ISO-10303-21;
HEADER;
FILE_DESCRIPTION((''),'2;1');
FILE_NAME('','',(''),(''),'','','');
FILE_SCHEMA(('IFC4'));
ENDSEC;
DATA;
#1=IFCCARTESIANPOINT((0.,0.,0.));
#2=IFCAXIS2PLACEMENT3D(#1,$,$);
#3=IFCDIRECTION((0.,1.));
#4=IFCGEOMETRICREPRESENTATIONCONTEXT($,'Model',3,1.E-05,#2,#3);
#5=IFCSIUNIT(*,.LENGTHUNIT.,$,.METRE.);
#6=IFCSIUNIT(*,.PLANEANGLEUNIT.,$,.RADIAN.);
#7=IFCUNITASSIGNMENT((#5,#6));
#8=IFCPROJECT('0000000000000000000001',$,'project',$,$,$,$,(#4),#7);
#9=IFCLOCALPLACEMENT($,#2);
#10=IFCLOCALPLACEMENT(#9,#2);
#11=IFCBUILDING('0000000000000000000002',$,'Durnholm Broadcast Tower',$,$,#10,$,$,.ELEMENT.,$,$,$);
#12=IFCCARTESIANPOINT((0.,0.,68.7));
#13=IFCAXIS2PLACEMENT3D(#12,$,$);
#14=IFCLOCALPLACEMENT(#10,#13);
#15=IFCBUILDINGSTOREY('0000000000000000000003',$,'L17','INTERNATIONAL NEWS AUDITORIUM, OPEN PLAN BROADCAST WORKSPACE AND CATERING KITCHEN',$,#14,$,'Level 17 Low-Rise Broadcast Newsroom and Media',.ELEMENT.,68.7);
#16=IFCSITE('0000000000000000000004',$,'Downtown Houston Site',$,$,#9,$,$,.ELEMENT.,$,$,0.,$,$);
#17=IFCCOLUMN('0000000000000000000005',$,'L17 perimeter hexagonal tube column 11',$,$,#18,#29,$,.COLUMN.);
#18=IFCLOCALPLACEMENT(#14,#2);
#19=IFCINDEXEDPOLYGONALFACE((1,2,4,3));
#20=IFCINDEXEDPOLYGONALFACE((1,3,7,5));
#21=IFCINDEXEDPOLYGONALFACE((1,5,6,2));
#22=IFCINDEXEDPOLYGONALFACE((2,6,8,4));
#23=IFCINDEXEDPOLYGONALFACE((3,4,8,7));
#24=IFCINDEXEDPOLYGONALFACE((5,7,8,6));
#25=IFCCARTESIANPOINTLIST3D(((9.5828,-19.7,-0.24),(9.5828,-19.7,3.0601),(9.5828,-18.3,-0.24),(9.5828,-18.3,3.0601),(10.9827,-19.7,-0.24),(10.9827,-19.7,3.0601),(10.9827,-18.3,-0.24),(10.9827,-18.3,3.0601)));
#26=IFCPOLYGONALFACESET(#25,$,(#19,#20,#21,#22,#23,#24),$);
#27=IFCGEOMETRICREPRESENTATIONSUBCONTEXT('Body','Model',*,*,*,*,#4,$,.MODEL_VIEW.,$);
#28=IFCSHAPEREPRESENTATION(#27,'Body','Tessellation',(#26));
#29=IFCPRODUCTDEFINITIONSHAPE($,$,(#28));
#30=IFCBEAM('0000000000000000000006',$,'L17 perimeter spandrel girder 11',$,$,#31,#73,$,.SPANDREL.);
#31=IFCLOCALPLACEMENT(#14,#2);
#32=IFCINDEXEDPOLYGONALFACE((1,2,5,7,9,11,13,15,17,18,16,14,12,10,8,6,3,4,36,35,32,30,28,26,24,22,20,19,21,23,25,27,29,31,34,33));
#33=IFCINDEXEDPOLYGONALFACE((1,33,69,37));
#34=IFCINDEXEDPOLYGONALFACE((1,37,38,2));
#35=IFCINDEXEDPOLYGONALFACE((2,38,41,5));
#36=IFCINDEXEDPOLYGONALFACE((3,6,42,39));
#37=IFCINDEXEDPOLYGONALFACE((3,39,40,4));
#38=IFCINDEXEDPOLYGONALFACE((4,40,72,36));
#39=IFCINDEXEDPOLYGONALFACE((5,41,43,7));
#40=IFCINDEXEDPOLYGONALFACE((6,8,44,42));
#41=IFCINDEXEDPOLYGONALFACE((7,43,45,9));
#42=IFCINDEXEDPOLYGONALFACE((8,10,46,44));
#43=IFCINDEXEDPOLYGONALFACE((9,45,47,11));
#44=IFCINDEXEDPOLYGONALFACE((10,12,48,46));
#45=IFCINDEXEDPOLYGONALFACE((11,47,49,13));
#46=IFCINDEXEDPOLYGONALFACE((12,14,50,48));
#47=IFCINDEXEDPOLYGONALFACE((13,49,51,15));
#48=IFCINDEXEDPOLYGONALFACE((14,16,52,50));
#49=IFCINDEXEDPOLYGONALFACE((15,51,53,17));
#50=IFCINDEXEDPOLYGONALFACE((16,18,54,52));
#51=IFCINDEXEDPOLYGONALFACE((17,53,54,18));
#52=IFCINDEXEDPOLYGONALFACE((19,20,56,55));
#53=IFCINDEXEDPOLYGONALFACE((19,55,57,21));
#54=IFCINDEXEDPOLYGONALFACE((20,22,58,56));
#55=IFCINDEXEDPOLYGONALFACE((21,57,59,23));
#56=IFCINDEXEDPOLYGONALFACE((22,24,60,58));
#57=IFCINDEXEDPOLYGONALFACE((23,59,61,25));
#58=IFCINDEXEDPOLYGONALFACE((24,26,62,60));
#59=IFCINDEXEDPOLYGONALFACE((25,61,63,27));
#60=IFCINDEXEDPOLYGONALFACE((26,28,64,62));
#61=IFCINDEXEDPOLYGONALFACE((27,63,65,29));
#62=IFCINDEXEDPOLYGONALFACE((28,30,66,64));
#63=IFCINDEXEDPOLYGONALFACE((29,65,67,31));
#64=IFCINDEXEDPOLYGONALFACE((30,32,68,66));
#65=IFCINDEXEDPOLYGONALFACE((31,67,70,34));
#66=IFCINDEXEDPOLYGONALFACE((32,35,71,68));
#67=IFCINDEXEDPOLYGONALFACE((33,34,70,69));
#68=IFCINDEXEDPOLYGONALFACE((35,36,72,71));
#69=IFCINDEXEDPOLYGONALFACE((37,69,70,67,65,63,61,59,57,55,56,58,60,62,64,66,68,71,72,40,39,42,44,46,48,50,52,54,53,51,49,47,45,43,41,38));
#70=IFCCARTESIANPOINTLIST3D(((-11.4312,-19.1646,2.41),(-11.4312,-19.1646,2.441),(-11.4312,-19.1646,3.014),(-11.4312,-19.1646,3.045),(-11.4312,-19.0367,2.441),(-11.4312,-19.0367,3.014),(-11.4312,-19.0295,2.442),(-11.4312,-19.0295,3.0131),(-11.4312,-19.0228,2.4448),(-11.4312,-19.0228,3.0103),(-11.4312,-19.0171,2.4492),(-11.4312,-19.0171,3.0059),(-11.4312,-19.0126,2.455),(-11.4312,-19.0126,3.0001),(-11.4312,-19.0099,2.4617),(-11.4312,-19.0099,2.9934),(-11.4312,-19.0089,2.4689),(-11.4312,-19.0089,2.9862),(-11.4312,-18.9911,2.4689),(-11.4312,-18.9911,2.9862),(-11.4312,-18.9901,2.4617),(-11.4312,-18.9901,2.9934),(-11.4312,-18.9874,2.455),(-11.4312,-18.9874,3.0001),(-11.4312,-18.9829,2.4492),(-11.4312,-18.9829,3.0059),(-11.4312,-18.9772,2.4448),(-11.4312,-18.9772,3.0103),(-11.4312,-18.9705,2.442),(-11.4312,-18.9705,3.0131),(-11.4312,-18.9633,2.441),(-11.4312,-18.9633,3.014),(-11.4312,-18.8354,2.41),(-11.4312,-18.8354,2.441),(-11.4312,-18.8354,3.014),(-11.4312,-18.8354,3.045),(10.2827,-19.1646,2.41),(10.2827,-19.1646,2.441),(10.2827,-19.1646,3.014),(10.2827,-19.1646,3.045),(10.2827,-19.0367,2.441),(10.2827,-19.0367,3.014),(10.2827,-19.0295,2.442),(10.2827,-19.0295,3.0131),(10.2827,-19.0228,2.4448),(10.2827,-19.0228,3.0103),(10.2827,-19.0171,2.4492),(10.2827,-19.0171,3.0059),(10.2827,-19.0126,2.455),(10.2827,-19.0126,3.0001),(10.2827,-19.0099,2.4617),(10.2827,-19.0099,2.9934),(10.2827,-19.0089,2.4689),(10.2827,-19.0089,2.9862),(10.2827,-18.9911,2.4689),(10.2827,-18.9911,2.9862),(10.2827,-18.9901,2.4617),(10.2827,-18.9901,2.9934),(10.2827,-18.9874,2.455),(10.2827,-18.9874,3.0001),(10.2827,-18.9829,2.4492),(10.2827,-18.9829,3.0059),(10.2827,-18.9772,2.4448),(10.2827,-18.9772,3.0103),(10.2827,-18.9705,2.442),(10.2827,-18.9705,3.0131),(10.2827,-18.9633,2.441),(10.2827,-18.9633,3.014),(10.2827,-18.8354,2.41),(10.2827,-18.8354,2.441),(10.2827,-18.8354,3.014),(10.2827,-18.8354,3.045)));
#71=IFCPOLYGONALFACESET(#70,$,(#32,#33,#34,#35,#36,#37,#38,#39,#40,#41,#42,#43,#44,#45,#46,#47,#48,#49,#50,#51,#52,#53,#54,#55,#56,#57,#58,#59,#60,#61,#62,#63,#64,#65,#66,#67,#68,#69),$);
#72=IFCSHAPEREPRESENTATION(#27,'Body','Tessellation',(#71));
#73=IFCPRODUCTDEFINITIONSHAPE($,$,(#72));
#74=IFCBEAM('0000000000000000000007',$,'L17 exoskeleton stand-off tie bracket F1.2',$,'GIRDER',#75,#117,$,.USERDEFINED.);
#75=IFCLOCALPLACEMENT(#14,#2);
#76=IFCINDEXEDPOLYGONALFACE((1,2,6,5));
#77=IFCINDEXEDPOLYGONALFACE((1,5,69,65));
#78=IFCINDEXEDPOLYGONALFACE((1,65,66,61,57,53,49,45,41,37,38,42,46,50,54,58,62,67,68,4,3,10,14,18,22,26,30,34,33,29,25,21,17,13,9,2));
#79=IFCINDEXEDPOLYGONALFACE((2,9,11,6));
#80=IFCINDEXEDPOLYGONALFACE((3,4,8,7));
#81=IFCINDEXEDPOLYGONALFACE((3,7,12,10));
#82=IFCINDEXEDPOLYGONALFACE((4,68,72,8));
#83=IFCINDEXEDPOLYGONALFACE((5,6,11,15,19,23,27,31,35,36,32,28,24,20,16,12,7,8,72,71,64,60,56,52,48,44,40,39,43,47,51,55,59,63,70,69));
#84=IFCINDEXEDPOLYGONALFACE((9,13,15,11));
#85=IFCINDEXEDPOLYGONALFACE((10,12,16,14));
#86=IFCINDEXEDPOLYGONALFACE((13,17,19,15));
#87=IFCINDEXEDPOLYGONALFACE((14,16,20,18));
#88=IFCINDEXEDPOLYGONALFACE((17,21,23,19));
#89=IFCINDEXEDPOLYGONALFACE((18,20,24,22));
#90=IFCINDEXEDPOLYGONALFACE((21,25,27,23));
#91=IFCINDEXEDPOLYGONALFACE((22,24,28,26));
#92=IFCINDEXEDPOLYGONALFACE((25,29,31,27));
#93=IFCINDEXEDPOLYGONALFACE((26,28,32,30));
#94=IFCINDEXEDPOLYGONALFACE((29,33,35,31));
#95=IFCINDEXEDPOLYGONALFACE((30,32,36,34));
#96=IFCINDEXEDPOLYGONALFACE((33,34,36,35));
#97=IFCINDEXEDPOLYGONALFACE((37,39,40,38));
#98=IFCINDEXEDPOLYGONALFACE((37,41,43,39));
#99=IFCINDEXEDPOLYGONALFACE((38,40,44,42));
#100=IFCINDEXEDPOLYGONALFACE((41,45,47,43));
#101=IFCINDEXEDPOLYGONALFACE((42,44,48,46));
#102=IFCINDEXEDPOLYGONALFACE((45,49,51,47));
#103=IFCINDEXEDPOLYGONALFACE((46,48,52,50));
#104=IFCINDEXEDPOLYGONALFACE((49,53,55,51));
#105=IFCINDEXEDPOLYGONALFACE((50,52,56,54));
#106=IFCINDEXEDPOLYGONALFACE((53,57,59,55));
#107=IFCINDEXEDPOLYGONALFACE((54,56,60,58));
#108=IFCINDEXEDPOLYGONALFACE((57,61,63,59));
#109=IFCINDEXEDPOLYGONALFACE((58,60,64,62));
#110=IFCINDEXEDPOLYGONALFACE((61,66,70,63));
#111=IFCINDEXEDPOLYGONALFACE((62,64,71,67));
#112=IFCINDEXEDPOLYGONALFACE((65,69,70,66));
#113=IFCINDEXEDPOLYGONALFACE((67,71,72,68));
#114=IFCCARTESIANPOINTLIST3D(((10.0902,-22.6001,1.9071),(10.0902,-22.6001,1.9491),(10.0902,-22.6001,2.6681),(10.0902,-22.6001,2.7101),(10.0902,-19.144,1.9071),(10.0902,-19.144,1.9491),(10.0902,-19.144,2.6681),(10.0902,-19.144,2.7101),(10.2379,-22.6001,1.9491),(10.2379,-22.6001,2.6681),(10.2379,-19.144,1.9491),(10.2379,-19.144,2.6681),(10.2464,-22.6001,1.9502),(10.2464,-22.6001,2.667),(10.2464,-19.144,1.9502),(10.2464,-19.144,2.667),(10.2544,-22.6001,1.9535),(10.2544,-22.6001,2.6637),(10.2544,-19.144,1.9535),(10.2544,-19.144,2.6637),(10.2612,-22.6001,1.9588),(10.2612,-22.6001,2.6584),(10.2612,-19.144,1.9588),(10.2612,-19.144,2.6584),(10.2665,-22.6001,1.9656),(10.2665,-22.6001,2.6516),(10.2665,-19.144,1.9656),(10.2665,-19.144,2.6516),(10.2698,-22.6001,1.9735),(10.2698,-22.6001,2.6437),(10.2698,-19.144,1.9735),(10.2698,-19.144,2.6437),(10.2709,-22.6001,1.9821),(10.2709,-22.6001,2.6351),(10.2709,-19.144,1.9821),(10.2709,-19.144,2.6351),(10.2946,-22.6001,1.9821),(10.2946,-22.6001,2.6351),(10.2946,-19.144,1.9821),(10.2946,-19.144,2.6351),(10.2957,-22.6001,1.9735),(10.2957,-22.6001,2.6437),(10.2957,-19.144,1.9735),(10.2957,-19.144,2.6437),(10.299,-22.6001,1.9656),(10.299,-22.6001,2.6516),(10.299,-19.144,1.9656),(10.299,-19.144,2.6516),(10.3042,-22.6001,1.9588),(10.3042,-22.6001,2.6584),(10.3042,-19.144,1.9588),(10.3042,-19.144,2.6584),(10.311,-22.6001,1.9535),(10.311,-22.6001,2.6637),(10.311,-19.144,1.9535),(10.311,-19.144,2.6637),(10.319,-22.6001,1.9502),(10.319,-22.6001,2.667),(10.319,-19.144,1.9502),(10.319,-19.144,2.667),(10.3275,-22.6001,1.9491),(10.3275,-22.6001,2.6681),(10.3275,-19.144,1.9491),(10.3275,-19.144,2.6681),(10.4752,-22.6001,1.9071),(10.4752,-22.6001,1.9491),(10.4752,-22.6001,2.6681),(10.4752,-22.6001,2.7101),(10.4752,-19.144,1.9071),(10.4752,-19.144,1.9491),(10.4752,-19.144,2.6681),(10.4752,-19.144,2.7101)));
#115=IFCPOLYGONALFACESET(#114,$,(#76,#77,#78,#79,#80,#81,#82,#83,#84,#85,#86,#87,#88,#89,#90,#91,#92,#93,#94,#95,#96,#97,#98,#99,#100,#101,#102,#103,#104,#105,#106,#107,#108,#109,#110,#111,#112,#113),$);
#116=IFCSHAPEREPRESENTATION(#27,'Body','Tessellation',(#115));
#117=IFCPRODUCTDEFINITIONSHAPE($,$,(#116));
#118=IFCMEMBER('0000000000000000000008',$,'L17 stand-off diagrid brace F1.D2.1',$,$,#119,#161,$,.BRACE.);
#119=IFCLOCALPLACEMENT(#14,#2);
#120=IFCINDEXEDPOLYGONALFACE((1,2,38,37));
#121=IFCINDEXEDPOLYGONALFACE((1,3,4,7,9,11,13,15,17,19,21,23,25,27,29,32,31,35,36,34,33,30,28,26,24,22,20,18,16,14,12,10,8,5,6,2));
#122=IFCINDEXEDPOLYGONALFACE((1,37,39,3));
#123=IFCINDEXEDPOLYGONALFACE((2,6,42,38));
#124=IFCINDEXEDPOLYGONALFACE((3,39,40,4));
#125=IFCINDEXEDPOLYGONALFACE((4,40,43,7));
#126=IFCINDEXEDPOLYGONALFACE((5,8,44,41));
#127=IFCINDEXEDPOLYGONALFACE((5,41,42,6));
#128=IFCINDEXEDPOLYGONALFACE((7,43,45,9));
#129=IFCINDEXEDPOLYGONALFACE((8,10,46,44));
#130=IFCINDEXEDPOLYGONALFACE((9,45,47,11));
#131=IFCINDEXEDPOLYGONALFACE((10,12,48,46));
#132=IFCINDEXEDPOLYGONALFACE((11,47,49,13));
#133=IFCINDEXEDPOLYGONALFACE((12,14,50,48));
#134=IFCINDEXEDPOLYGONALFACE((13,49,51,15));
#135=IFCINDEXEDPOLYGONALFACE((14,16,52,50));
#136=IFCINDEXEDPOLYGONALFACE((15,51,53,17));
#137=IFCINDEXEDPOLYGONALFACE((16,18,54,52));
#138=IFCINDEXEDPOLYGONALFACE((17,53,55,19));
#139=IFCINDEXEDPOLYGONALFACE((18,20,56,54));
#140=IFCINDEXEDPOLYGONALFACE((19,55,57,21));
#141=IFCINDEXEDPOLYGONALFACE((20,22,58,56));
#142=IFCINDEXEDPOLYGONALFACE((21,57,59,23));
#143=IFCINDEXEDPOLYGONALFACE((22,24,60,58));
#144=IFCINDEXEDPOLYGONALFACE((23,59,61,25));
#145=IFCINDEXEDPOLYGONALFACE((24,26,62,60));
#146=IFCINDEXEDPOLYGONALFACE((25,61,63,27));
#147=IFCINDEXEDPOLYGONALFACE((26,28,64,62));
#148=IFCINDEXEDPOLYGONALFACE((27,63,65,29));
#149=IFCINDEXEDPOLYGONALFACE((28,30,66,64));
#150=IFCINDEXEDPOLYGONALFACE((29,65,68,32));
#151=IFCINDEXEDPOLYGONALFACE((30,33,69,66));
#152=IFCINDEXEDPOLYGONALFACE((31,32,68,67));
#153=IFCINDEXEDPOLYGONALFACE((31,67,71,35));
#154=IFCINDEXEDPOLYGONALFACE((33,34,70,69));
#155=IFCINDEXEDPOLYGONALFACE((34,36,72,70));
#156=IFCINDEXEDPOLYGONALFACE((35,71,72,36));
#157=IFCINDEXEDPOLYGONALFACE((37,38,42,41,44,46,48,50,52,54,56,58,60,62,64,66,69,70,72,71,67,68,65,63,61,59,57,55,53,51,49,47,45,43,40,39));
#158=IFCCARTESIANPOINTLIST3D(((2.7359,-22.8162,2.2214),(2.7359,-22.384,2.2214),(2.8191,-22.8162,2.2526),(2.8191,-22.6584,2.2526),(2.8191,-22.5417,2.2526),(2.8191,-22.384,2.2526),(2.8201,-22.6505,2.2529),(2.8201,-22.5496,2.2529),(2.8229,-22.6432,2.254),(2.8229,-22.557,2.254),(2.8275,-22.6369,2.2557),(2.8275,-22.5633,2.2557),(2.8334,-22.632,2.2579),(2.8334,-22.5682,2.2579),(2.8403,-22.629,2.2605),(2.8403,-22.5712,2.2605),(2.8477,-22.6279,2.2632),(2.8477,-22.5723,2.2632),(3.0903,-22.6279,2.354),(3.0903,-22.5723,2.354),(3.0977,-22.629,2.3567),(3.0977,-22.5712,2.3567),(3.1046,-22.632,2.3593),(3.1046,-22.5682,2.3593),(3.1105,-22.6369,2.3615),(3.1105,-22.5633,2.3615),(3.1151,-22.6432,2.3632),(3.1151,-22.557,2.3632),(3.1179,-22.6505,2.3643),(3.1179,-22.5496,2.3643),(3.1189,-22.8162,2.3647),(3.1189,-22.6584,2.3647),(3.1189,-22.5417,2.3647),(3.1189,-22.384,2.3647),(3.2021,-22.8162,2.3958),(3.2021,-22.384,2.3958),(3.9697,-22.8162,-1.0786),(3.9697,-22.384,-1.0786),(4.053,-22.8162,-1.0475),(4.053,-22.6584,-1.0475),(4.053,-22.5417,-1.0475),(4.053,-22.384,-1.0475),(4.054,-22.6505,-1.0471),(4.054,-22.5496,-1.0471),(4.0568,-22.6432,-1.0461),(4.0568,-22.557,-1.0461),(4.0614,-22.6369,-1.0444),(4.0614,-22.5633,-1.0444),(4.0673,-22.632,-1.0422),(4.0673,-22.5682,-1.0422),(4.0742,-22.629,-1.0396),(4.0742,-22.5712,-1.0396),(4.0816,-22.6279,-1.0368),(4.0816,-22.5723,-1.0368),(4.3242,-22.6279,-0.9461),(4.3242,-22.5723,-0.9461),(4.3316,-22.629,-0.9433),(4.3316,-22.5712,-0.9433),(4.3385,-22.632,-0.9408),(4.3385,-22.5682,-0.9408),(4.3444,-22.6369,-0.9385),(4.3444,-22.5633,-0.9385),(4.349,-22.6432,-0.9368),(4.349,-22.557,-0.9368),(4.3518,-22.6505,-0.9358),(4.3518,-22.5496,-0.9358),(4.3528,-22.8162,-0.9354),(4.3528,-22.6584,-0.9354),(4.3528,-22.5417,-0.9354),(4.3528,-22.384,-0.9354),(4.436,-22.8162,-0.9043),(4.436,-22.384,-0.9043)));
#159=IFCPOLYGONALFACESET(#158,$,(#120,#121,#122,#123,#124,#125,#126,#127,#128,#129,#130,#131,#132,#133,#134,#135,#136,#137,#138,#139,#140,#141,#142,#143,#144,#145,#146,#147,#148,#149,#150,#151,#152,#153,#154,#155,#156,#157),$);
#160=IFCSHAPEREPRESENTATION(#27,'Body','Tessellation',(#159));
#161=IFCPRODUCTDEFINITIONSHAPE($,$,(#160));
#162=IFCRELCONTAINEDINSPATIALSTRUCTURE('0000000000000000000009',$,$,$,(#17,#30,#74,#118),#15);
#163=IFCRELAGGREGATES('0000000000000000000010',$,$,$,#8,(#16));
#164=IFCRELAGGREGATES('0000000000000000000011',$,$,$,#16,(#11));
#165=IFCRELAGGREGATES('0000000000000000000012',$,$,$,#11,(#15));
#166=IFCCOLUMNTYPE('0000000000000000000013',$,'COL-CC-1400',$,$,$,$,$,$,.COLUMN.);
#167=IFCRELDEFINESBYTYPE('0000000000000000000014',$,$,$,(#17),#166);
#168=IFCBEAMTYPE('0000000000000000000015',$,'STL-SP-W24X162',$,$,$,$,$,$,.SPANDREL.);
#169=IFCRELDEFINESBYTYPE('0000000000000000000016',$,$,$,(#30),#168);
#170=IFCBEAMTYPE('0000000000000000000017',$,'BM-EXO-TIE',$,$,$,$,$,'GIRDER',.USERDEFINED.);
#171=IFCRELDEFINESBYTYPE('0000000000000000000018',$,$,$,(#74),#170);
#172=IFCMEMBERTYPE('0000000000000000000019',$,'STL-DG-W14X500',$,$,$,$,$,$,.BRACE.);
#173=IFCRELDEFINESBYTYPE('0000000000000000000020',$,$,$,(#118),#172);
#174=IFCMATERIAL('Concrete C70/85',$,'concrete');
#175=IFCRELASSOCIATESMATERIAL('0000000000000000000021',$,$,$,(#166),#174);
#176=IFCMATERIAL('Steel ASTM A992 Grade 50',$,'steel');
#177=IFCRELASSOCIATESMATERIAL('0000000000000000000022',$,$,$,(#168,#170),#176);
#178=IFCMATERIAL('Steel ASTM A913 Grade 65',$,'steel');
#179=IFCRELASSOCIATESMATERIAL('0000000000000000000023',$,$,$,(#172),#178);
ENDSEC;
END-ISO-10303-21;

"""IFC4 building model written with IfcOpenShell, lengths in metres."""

from ifc_helpers import new_model, si_unit, direction, frame, origin, origin_2d, place, context, subcontext, project, spatial, rectangle, i_section, extrude, source, transform, mapped, material, material_profile, profile_set, type_object, type_shapes, element, save


model = new_model("IFC4")

# Units and contexts
model_context = context("Model", 3, precision=1e-05, world=origin(), true_north=direction((0.0, 1.0)))
body_context = subcontext(model_context, "Body", "Model", "MODEL_VIEW")
ifc_project = project(units=[si_unit("LENGTHUNIT", "METRE"), si_unit("PLANEANGLEUNIT", "RADIAN")], contexts=[model_context])

# Site, building, storey
site_placement = place(None, origin())
site = spatial("IfcSite", under=ifc_project, at=site_placement, Name="Downtown Houston Site", CompositionType="ELEMENT", RefElevation=0.0)
building_placement = place(site_placement, origin())
building = spatial("IfcBuilding", under=site, at=building_placement, Name="Durnholm Broadcast Tower", CompositionType="ELEMENT")
storey_placement = place(building_placement, frame((0.0, 0.0, 68.7)))
storey = spatial("IfcBuildingStorey", under=building, at=storey_placement, Name="L17", Description="INTERNATIONAL NEWS AUDITORIUM, OPEN PLAN BROADCAST WORKSPACE AND CATERING KITCHEN", LongName="Level 17 Low-Rise Broadcast Newsroom and Media", CompositionType="ELEMENT", Elevation=68.7)

# Column
ifc_material_1 = material(Name="Concrete C70/85", Category="concrete")
ifc_material_profile_1 = material_profile(ifc_material_1, rectangle(XDim=1.3999, YDim=1.3999, at=origin_2d()), Name="RC1400X1400")
ifc_profile_set_1 = profile_set([ifc_material_profile_1], Name="Concrete C70/85")
column_type = type_object("IfcColumnType", Name="COL-CC-1400", PredefinedType="COLUMN", material=ifc_profile_set_1)
shared_shape_1 = source(origin(), body_context, "Body", "SweptSolid", [
    extrude(rectangle(XDim=1.3999, YDim=1.3999, at=origin_2d()), origin(), (0.0, 0.0, 1.0), 3.3),
])
type_shapes(column_type, [shared_shape_1])
column_placement = place(storey_placement, frame((10.2827, -19.0, -0.24), z_axis=(0.0, 0.0, 1.0), x_axis=(1.0, 0.0, 0.0)))
element("IfcColumn", 1, at=column_placement, inside=storey, type_object=column_type, Name="L17 perimeter hexagonal tube column 11", PredefinedType="COLUMN", context=body_context, shape_type="MappedRepresentation", body=[
    mapped(shared_shape_1, transform((0.0, 0.0, 0.0), x_axis=(1.0, 0.0, 0.0), y_axis=(0.0, 1.0, 0.0), z_axis=(0.0, 0.0, 1.0), scale=1.0)),
])

# Beams
ifc_material_2 = material(Name="Steel ASTM A992 Grade 50", Category="steel")
ifc_material_profile_2 = material_profile(ifc_material_2, i_section(OverallWidth=0.3291, OverallDepth=0.635, WebThickness=0.0178, FlangeThickness=0.031, FilletRadius=0.0278, at=origin_2d()), Name="W24X162")
ifc_profile_set_2 = profile_set([ifc_material_profile_2], Name="Steel ASTM A992 Grade 50")
beam_type_1 = type_object("IfcBeamType", Name="STL-SP-W24X162", PredefinedType="SPANDREL", material=ifc_profile_set_2)
shared_shape_2 = source(origin(), body_context, "Body", "SweptSolid", [
    extrude(i_section(OverallWidth=0.3291, OverallDepth=0.635, WebThickness=0.0178, FlangeThickness=0.031, FilletRadius=0.0278, at=origin_2d()), origin(), (0.0, 0.0, 1.0), 21.7139),
])
type_shapes(beam_type_1, [shared_shape_2])
beam_1_placement = place(storey_placement, frame((10.2827, -19.0, 2.7275), z_axis=(-1.0, 0.0, 0.0), x_axis=(0.0, -1.0, 0.0)))
element("IfcBeam", 2, at=beam_1_placement, inside=storey, type_object=beam_type_1, Name="L17 perimeter spandrel girder 11", PredefinedType="SPANDREL", context=body_context, shape_type="MappedRepresentation", body=[
    mapped(shared_shape_2, transform((0.0, 0.0, 0.0), x_axis=(1.0, 0.0, 0.0), y_axis=(0.0, 1.0, 0.0), z_axis=(0.0, 0.0, 1.0), scale=1.0)),
])
ifc_material_profile_3 = material_profile(ifc_material_2, i_section(OverallWidth=0.385, OverallDepth=0.803, WebThickness=0.0237, FlangeThickness=0.042, FilletRadius=0.033, at=origin_2d()), Name="W30X261")
ifc_profile_set_3 = profile_set([ifc_material_profile_3], Name="Steel ASTM A992 Grade 50")
beam_type_2 = type_object("IfcBeamType", Name="BM-EXO-TIE", ElementType="GIRDER", PredefinedType="USERDEFINED", material=ifc_profile_set_3)
shared_shape_3 = source(origin(), body_context, "Body", "SweptSolid", [
    extrude(i_section(OverallWidth=0.385, OverallDepth=0.803, WebThickness=0.0237, FlangeThickness=0.042, FilletRadius=0.033, at=origin_2d()), origin(), (0.0, 0.0, 1.0), 3.4561),
])
type_shapes(beam_type_2, [shared_shape_3])
beam_2_placement = place(storey_placement, frame((10.2827, -19.144, 2.3086), z_axis=(0.0, -1.0, 0.0), x_axis=(1.0, 0.0, 0.0)))
element("IfcBeam", 3, at=beam_2_placement, inside=storey, type_object=beam_type_2, Name="L17 exoskeleton stand-off tie bracket F1.2", ObjectType="GIRDER", PredefinedType="USERDEFINED", context=body_context, shape_type="MappedRepresentation", body=[
    mapped(shared_shape_3, transform((0.0, 0.0, 0.0), x_axis=(1.0, 0.0, 0.0), y_axis=(0.0, 1.0, 0.0), z_axis=(0.0, 0.0, 1.0), scale=1.0)),
])

# Member
ifc_material_3 = material(Name="Steel ASTM A913 Grade 65", Category="steel")
ifc_material_profile_4 = material_profile(ifc_material_3, i_section(OverallWidth=0.4321, OverallDepth=0.4978, WebThickness=0.0557, FlangeThickness=0.0889, FilletRadius=0.0305, at=origin_2d()), Name="W14X500")
ifc_profile_set_4 = profile_set([ifc_material_profile_4], Name="Steel ASTM A913 Grade 65")
member_type_1 = type_object("IfcMemberType", Name="STL-DG-W14X500", PredefinedType="BRACE", material=ifc_profile_set_4)
shared_shape_4 = source(origin(), body_context, "Body", "SweptSolid", [
    extrude(i_section(OverallWidth=0.4321, OverallDepth=0.4978, WebThickness=0.0557, FlangeThickness=0.0889, FilletRadius=0.0305, at=origin_2d()), origin(), (0.0, 0.0, 1.0), 3.5232),
])
type_shapes(member_type_1, [shared_shape_4])
for number, where, z_axis, x_axis, name in (
    (4, (4.2029, -22.6001, -0.9915), (-0.35022, 0.0, 0.936668), (0.0, -1.0, 0.0), "L17 stand-off diagrid brace F1.D2.1"),
):
    element("IfcMember", number, at=place(storey_placement, frame(where, z_axis=z_axis, x_axis=x_axis)), inside=storey, type_object=member_type_1, Name=name, PredefinedType="BRACE", context=body_context, shape_type="MappedRepresentation", body=[
        mapped(shared_shape_4, transform((0.0, 0.0, 0.0), x_axis=(1.0, 0.0, 0.0), y_axis=(0.0, 1.0, 0.0), z_axis=(0.0, 0.0, 1.0), scale=1.0)),
    ])

save(model, "model.ifc")
